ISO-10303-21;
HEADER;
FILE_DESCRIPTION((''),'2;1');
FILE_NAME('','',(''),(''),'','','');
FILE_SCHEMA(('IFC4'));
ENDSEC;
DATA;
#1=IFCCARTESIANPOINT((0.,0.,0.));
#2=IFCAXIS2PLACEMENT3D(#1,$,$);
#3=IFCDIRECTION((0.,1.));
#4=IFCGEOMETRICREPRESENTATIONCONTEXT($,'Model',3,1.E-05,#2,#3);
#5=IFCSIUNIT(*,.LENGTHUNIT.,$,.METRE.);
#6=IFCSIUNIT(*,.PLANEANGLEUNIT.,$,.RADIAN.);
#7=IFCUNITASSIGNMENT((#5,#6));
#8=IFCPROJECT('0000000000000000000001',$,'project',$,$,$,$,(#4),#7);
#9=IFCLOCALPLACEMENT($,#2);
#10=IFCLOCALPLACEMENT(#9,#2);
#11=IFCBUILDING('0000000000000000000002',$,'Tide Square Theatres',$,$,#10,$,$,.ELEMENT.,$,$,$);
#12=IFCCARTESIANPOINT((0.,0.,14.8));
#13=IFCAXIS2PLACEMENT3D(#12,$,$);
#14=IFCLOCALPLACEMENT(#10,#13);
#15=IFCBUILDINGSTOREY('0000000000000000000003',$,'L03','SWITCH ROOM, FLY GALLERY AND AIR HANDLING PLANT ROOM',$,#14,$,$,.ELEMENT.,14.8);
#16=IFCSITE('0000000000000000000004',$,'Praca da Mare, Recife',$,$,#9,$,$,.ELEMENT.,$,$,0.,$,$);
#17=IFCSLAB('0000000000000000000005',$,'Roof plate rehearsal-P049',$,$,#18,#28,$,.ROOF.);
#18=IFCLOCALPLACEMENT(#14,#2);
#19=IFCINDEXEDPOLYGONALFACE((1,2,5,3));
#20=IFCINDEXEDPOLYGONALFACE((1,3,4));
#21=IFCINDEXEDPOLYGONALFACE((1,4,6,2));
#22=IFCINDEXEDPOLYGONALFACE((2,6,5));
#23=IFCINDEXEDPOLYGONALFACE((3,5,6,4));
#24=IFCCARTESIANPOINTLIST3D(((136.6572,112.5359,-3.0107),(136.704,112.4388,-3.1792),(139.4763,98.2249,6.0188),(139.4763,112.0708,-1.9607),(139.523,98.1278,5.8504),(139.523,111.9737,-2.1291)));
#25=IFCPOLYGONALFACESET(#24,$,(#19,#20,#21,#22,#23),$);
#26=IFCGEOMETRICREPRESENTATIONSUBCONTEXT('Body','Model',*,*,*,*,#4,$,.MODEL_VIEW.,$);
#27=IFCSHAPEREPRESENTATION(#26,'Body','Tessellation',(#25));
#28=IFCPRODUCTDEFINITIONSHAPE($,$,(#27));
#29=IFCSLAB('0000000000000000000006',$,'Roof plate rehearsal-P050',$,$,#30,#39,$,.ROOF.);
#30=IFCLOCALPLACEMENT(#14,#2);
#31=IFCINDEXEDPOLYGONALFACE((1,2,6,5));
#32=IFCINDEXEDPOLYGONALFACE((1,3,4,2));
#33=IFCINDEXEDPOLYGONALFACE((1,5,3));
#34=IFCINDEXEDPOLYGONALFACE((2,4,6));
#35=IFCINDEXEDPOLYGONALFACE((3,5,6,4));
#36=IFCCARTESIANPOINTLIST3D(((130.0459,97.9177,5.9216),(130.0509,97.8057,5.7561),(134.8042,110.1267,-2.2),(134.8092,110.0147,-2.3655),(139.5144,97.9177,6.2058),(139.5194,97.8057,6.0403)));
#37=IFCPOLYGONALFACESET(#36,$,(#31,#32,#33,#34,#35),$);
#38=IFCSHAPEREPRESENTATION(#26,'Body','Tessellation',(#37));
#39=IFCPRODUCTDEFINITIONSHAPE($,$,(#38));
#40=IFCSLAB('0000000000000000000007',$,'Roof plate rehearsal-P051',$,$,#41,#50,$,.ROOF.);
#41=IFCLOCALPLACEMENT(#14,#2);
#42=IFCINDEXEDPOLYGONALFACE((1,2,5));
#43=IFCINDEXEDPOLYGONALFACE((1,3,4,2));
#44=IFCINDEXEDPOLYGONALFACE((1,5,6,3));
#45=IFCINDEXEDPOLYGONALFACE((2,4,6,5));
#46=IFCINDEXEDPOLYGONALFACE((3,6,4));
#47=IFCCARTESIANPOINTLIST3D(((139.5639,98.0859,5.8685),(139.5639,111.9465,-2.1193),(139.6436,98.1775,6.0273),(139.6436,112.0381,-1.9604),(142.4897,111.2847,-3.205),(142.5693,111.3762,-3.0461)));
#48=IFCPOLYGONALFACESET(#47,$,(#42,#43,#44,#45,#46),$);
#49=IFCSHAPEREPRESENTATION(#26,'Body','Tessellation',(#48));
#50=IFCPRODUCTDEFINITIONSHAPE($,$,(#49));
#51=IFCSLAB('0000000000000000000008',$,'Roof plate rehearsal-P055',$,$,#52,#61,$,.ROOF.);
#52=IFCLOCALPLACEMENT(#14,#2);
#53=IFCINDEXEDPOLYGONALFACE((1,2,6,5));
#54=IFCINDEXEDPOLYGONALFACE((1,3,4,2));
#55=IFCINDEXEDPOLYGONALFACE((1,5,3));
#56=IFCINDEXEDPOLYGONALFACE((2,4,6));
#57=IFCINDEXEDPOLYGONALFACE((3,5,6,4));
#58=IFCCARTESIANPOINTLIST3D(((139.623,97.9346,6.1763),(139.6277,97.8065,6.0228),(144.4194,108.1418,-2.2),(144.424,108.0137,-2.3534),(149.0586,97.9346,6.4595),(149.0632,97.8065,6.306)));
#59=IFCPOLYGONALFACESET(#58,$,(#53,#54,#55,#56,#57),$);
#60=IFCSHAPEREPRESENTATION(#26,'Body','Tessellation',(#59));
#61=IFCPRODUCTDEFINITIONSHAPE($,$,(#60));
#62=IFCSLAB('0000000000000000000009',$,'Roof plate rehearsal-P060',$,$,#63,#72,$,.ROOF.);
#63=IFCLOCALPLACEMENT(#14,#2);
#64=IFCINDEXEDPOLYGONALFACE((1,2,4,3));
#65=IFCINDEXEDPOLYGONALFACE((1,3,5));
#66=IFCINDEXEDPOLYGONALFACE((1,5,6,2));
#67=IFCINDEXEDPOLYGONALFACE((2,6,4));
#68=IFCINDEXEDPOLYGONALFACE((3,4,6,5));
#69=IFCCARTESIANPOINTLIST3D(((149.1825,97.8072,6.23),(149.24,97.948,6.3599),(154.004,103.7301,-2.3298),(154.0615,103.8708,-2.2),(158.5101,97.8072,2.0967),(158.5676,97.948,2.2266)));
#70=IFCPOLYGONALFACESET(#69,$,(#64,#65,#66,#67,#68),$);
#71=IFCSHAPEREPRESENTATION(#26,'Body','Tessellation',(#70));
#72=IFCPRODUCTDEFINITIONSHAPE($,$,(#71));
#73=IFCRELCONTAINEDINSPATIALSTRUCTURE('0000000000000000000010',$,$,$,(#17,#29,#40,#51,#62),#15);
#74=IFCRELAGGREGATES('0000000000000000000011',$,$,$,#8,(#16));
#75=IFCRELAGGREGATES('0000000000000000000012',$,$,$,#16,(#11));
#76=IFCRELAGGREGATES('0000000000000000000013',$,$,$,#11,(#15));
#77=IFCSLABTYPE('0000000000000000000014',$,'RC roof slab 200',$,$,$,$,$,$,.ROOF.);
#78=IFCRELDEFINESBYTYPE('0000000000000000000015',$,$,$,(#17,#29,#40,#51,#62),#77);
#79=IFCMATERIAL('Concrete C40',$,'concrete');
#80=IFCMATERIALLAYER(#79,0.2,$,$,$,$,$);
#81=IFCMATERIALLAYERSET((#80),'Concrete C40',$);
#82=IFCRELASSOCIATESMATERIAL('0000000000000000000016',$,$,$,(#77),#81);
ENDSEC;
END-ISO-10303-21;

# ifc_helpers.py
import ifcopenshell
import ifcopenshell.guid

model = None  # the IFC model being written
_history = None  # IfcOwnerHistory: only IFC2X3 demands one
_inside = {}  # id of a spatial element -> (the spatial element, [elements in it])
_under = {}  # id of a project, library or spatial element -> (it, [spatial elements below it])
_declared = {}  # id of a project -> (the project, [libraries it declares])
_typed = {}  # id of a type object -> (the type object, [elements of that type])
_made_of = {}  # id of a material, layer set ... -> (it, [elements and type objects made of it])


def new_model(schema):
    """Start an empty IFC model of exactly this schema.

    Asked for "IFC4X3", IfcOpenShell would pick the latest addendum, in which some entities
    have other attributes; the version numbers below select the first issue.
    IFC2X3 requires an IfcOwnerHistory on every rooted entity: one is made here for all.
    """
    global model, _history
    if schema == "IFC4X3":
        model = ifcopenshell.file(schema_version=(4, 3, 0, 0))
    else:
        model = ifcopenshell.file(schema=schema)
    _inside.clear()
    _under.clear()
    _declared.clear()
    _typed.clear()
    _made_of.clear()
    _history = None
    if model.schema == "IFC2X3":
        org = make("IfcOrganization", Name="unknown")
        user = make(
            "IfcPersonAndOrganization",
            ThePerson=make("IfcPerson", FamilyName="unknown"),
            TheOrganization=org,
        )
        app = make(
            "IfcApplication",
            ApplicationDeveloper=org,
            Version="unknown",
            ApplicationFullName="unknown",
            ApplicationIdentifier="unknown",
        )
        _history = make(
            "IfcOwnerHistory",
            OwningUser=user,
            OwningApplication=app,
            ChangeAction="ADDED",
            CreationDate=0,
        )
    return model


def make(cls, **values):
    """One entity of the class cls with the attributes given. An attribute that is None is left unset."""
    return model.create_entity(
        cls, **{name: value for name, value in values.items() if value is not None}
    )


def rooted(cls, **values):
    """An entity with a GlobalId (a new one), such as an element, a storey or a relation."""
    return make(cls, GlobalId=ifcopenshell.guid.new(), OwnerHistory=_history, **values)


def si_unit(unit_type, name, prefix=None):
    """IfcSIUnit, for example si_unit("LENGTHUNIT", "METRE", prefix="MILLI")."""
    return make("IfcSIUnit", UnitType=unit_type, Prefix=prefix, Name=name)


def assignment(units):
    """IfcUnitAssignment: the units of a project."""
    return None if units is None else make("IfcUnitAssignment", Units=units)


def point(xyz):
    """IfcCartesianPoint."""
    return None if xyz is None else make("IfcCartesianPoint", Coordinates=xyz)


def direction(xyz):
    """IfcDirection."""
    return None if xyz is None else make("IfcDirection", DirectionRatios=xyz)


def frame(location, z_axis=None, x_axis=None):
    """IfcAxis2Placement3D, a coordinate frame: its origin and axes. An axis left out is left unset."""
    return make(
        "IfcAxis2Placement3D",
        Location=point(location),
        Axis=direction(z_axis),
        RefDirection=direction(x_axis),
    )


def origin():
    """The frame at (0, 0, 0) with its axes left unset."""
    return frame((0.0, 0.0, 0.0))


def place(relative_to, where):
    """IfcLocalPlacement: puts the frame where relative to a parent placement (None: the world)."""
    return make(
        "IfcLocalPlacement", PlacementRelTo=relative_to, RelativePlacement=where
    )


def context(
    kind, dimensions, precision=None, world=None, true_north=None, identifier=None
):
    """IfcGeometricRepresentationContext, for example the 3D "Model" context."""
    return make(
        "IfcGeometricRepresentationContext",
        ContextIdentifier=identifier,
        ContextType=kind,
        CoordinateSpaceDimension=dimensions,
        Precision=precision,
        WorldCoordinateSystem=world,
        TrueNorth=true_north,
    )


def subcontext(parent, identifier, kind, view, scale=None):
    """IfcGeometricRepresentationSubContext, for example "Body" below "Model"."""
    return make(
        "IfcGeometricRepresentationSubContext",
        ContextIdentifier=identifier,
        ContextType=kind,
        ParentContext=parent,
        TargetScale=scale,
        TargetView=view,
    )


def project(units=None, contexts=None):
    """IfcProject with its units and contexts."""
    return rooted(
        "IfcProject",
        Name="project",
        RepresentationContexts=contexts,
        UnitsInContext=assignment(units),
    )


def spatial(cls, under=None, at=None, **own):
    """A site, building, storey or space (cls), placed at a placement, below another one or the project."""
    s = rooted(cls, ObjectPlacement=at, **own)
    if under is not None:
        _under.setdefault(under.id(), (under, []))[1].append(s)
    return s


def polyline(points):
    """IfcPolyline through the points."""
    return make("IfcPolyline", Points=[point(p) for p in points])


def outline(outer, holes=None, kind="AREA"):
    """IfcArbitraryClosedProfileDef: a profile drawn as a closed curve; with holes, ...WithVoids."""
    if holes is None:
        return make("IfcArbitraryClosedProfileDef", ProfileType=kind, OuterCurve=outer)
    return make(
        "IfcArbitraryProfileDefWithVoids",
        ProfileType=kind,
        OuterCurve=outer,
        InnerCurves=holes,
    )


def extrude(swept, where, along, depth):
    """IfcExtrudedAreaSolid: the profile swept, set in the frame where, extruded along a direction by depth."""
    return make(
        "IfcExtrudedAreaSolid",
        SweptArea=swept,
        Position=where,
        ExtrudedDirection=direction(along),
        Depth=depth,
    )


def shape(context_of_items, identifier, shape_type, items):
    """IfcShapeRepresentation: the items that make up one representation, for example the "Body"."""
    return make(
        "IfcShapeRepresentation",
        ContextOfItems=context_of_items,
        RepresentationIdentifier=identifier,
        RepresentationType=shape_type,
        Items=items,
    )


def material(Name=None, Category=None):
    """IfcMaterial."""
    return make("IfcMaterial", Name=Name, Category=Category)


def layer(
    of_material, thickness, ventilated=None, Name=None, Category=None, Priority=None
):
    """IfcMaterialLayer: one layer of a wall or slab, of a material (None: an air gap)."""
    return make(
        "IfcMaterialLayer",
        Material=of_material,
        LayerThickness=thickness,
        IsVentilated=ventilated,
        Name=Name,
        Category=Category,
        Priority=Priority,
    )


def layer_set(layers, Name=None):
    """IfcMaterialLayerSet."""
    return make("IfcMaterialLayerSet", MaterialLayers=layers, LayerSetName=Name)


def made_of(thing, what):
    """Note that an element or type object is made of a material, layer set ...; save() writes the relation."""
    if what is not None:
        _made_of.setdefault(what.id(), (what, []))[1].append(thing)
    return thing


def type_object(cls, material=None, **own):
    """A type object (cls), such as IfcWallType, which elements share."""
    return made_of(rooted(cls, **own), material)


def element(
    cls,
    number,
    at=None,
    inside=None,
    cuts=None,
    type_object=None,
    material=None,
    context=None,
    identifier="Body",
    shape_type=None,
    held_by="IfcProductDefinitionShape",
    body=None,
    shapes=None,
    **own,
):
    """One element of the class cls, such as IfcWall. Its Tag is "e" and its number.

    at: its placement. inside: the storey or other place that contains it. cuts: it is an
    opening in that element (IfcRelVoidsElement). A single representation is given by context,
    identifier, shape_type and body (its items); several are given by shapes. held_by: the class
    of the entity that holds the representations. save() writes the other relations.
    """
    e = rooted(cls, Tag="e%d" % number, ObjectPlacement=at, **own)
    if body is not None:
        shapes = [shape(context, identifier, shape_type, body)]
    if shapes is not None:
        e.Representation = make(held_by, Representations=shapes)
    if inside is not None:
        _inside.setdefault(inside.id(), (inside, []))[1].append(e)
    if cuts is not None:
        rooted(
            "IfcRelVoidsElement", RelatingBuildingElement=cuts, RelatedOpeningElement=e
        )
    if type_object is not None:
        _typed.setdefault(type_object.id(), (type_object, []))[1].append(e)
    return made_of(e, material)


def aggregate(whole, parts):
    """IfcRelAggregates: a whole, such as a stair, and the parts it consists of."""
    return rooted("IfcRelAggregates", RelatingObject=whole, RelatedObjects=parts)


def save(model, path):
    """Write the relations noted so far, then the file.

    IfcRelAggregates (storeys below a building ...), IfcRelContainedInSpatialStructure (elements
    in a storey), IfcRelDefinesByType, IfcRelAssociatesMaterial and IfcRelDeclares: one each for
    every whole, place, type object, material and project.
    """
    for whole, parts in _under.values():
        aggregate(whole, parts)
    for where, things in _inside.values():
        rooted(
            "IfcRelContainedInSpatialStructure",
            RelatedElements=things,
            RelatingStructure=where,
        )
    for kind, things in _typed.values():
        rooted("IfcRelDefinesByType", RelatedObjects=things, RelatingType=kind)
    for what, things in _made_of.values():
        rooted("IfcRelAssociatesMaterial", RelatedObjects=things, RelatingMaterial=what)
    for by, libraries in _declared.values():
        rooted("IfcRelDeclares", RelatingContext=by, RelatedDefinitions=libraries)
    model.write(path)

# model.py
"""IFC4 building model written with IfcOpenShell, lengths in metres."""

from ifc_helpers import new_model, si_unit, direction, frame, origin, place, context, subcontext, project, spatial, polyline, outline, extrude, material, layer, layer_set, type_object, element, save


model = new_model("IFC4")

# Units and contexts
model_context = context("Model", 3, precision=1e-05, world=origin(), true_north=direction((0.0, 1.0)))
body_context = subcontext(model_context, "Body", "Model", "MODEL_VIEW")
ifc_project = project(units=[si_unit("LENGTHUNIT", "METRE"), si_unit("PLANEANGLEUNIT", "RADIAN")], contexts=[model_context])

# Site, building, storey
site_placement = place(None, origin())
site = spatial("IfcSite", under=ifc_project, at=site_placement, Name="Praca da Mare, Recife", CompositionType="ELEMENT", RefElevation=0.0)
building_placement = place(site_placement, origin())
building = spatial("IfcBuilding", under=site, at=building_placement, Name="Tide Square Theatres", CompositionType="ELEMENT")
storey_placement = place(building_placement, frame((0.0, 0.0, 14.8)))
storey = spatial("IfcBuildingStorey", under=building, at=storey_placement, Name="L03", Description="SWITCH ROOM, FLY GALLERY AND AIR HANDLING PLANT ROOM", CompositionType="ELEMENT", Elevation=14.8)

# Slabs
ifc_material_1 = material(Name="Concrete C40", Category="concrete")
ifc_layer = layer(ifc_material_1, 0.2)
ifc_layer_set = layer_set([ifc_layer], Name="Concrete C40")
slab_type = type_object("IfcSlabType", Name="RC roof slab 200", PredefinedType="ROOF", material=ifc_layer_set)
slab_1_placement = place(storey_placement, frame((136.6572, 112.5359, -3.0107), z_axis=(-0.233689, 0.485495, 0.842427), x_axis=(0.164333, -0.834231, 0.526358)))
element("IfcSlab", 1, at=slab_1_placement, inside=storey, type_object=slab_type, Name="Roof plate rehearsal-P049", PredefinedType="ROOF", context=body_context, shape_type="SweptSolid", body=[
    extrude(outline(polyline([(0.0, 0.0), (17.1548, 0.0), (1.404, 2.7009), (0.0, 0.0)])), origin(), (0.0, 0.0, -1.0), 0.2),
])
slab_2_placement = place(storey_placement, frame((134.8042, 110.1267, -2.2), z_axis=(-0.024847, 0.560386, 0.827859), x_axis=(-0.308655, -0.791955, 0.526819)))
element("IfcSlab", 2, at=slab_2_placement, inside=storey, type_object=slab_type, Name="Roof plate rehearsal-P050", PredefinedType="ROOF", context=body_context, shape_type="SweptSolid", body=[
    extrude(outline(polyline([(0.0, 0.0), (15.4163, 0.0), (12.6435, 9.0579), (0.0, 0.0)])), origin(), (0.0, 0.0, -1.0), 0.2),
])
slab_3_placement = place(storey_placement, frame((142.5693, 111.3762, -3.0461), z_axis=(0.39848, 0.457959, 0.794661), x_axis=(-0.917133, 0.207472, 0.340328)))
element("IfcSlab", 3, at=slab_3_placement, inside=storey, type_object=slab_type, Name="Roof plate rehearsal-P051", PredefinedType="ROOF", context=body_context, shape_type="SweptSolid", body=[
    extrude(outline(polyline([(0.0, 0.0), (3.1901, 0.0), (3.0329, 15.9968), (0.0, 0.0)])), origin(), (0.0, 0.0, -1.0), 0.2),
])
slab_4_placement = place(storey_placement, frame((144.4194, 108.1418, -2.2), z_axis=(-0.023036, 0.640641, 0.767495), x_axis=(-0.341421, -0.726584, 0.596244)))
element("IfcSlab", 4, at=slab_4_placement, inside=storey, type_object=slab_type, Name="Roof plate rehearsal-P055", PredefinedType="ROOF", context=body_context, shape_type="SweptSolid", body=[
    extrude(outline(polyline([(0.0, 0.0), (14.0483, 0.0), (10.9957, 8.9326), (0.0, 0.0)])), origin(), (0.0, 0.0, -1.0), 0.2),
])
slab_5_placement = place(storey_placement, frame((154.0615, 103.8708, -2.2), z_axis=(0.28769, 0.704084, 0.64923), x_axis=(-0.420301, -0.516305, 0.746174)))
element("IfcSlab", 5, at=slab_5_placement, inside=storey, type_object=slab_type, Name="Roof plate rehearsal-P060", PredefinedType="ROOF", context=body_context, shape_type="SweptSolid", body=[
    extrude(outline(polyline([(0.0, 0.0), (11.4716, 0.0), (4.467, 7.4179), (0.0, 0.0)])), origin(), (0.0, 0.0, -1.0), 0.2),
])

save(model, "model.ifc")
